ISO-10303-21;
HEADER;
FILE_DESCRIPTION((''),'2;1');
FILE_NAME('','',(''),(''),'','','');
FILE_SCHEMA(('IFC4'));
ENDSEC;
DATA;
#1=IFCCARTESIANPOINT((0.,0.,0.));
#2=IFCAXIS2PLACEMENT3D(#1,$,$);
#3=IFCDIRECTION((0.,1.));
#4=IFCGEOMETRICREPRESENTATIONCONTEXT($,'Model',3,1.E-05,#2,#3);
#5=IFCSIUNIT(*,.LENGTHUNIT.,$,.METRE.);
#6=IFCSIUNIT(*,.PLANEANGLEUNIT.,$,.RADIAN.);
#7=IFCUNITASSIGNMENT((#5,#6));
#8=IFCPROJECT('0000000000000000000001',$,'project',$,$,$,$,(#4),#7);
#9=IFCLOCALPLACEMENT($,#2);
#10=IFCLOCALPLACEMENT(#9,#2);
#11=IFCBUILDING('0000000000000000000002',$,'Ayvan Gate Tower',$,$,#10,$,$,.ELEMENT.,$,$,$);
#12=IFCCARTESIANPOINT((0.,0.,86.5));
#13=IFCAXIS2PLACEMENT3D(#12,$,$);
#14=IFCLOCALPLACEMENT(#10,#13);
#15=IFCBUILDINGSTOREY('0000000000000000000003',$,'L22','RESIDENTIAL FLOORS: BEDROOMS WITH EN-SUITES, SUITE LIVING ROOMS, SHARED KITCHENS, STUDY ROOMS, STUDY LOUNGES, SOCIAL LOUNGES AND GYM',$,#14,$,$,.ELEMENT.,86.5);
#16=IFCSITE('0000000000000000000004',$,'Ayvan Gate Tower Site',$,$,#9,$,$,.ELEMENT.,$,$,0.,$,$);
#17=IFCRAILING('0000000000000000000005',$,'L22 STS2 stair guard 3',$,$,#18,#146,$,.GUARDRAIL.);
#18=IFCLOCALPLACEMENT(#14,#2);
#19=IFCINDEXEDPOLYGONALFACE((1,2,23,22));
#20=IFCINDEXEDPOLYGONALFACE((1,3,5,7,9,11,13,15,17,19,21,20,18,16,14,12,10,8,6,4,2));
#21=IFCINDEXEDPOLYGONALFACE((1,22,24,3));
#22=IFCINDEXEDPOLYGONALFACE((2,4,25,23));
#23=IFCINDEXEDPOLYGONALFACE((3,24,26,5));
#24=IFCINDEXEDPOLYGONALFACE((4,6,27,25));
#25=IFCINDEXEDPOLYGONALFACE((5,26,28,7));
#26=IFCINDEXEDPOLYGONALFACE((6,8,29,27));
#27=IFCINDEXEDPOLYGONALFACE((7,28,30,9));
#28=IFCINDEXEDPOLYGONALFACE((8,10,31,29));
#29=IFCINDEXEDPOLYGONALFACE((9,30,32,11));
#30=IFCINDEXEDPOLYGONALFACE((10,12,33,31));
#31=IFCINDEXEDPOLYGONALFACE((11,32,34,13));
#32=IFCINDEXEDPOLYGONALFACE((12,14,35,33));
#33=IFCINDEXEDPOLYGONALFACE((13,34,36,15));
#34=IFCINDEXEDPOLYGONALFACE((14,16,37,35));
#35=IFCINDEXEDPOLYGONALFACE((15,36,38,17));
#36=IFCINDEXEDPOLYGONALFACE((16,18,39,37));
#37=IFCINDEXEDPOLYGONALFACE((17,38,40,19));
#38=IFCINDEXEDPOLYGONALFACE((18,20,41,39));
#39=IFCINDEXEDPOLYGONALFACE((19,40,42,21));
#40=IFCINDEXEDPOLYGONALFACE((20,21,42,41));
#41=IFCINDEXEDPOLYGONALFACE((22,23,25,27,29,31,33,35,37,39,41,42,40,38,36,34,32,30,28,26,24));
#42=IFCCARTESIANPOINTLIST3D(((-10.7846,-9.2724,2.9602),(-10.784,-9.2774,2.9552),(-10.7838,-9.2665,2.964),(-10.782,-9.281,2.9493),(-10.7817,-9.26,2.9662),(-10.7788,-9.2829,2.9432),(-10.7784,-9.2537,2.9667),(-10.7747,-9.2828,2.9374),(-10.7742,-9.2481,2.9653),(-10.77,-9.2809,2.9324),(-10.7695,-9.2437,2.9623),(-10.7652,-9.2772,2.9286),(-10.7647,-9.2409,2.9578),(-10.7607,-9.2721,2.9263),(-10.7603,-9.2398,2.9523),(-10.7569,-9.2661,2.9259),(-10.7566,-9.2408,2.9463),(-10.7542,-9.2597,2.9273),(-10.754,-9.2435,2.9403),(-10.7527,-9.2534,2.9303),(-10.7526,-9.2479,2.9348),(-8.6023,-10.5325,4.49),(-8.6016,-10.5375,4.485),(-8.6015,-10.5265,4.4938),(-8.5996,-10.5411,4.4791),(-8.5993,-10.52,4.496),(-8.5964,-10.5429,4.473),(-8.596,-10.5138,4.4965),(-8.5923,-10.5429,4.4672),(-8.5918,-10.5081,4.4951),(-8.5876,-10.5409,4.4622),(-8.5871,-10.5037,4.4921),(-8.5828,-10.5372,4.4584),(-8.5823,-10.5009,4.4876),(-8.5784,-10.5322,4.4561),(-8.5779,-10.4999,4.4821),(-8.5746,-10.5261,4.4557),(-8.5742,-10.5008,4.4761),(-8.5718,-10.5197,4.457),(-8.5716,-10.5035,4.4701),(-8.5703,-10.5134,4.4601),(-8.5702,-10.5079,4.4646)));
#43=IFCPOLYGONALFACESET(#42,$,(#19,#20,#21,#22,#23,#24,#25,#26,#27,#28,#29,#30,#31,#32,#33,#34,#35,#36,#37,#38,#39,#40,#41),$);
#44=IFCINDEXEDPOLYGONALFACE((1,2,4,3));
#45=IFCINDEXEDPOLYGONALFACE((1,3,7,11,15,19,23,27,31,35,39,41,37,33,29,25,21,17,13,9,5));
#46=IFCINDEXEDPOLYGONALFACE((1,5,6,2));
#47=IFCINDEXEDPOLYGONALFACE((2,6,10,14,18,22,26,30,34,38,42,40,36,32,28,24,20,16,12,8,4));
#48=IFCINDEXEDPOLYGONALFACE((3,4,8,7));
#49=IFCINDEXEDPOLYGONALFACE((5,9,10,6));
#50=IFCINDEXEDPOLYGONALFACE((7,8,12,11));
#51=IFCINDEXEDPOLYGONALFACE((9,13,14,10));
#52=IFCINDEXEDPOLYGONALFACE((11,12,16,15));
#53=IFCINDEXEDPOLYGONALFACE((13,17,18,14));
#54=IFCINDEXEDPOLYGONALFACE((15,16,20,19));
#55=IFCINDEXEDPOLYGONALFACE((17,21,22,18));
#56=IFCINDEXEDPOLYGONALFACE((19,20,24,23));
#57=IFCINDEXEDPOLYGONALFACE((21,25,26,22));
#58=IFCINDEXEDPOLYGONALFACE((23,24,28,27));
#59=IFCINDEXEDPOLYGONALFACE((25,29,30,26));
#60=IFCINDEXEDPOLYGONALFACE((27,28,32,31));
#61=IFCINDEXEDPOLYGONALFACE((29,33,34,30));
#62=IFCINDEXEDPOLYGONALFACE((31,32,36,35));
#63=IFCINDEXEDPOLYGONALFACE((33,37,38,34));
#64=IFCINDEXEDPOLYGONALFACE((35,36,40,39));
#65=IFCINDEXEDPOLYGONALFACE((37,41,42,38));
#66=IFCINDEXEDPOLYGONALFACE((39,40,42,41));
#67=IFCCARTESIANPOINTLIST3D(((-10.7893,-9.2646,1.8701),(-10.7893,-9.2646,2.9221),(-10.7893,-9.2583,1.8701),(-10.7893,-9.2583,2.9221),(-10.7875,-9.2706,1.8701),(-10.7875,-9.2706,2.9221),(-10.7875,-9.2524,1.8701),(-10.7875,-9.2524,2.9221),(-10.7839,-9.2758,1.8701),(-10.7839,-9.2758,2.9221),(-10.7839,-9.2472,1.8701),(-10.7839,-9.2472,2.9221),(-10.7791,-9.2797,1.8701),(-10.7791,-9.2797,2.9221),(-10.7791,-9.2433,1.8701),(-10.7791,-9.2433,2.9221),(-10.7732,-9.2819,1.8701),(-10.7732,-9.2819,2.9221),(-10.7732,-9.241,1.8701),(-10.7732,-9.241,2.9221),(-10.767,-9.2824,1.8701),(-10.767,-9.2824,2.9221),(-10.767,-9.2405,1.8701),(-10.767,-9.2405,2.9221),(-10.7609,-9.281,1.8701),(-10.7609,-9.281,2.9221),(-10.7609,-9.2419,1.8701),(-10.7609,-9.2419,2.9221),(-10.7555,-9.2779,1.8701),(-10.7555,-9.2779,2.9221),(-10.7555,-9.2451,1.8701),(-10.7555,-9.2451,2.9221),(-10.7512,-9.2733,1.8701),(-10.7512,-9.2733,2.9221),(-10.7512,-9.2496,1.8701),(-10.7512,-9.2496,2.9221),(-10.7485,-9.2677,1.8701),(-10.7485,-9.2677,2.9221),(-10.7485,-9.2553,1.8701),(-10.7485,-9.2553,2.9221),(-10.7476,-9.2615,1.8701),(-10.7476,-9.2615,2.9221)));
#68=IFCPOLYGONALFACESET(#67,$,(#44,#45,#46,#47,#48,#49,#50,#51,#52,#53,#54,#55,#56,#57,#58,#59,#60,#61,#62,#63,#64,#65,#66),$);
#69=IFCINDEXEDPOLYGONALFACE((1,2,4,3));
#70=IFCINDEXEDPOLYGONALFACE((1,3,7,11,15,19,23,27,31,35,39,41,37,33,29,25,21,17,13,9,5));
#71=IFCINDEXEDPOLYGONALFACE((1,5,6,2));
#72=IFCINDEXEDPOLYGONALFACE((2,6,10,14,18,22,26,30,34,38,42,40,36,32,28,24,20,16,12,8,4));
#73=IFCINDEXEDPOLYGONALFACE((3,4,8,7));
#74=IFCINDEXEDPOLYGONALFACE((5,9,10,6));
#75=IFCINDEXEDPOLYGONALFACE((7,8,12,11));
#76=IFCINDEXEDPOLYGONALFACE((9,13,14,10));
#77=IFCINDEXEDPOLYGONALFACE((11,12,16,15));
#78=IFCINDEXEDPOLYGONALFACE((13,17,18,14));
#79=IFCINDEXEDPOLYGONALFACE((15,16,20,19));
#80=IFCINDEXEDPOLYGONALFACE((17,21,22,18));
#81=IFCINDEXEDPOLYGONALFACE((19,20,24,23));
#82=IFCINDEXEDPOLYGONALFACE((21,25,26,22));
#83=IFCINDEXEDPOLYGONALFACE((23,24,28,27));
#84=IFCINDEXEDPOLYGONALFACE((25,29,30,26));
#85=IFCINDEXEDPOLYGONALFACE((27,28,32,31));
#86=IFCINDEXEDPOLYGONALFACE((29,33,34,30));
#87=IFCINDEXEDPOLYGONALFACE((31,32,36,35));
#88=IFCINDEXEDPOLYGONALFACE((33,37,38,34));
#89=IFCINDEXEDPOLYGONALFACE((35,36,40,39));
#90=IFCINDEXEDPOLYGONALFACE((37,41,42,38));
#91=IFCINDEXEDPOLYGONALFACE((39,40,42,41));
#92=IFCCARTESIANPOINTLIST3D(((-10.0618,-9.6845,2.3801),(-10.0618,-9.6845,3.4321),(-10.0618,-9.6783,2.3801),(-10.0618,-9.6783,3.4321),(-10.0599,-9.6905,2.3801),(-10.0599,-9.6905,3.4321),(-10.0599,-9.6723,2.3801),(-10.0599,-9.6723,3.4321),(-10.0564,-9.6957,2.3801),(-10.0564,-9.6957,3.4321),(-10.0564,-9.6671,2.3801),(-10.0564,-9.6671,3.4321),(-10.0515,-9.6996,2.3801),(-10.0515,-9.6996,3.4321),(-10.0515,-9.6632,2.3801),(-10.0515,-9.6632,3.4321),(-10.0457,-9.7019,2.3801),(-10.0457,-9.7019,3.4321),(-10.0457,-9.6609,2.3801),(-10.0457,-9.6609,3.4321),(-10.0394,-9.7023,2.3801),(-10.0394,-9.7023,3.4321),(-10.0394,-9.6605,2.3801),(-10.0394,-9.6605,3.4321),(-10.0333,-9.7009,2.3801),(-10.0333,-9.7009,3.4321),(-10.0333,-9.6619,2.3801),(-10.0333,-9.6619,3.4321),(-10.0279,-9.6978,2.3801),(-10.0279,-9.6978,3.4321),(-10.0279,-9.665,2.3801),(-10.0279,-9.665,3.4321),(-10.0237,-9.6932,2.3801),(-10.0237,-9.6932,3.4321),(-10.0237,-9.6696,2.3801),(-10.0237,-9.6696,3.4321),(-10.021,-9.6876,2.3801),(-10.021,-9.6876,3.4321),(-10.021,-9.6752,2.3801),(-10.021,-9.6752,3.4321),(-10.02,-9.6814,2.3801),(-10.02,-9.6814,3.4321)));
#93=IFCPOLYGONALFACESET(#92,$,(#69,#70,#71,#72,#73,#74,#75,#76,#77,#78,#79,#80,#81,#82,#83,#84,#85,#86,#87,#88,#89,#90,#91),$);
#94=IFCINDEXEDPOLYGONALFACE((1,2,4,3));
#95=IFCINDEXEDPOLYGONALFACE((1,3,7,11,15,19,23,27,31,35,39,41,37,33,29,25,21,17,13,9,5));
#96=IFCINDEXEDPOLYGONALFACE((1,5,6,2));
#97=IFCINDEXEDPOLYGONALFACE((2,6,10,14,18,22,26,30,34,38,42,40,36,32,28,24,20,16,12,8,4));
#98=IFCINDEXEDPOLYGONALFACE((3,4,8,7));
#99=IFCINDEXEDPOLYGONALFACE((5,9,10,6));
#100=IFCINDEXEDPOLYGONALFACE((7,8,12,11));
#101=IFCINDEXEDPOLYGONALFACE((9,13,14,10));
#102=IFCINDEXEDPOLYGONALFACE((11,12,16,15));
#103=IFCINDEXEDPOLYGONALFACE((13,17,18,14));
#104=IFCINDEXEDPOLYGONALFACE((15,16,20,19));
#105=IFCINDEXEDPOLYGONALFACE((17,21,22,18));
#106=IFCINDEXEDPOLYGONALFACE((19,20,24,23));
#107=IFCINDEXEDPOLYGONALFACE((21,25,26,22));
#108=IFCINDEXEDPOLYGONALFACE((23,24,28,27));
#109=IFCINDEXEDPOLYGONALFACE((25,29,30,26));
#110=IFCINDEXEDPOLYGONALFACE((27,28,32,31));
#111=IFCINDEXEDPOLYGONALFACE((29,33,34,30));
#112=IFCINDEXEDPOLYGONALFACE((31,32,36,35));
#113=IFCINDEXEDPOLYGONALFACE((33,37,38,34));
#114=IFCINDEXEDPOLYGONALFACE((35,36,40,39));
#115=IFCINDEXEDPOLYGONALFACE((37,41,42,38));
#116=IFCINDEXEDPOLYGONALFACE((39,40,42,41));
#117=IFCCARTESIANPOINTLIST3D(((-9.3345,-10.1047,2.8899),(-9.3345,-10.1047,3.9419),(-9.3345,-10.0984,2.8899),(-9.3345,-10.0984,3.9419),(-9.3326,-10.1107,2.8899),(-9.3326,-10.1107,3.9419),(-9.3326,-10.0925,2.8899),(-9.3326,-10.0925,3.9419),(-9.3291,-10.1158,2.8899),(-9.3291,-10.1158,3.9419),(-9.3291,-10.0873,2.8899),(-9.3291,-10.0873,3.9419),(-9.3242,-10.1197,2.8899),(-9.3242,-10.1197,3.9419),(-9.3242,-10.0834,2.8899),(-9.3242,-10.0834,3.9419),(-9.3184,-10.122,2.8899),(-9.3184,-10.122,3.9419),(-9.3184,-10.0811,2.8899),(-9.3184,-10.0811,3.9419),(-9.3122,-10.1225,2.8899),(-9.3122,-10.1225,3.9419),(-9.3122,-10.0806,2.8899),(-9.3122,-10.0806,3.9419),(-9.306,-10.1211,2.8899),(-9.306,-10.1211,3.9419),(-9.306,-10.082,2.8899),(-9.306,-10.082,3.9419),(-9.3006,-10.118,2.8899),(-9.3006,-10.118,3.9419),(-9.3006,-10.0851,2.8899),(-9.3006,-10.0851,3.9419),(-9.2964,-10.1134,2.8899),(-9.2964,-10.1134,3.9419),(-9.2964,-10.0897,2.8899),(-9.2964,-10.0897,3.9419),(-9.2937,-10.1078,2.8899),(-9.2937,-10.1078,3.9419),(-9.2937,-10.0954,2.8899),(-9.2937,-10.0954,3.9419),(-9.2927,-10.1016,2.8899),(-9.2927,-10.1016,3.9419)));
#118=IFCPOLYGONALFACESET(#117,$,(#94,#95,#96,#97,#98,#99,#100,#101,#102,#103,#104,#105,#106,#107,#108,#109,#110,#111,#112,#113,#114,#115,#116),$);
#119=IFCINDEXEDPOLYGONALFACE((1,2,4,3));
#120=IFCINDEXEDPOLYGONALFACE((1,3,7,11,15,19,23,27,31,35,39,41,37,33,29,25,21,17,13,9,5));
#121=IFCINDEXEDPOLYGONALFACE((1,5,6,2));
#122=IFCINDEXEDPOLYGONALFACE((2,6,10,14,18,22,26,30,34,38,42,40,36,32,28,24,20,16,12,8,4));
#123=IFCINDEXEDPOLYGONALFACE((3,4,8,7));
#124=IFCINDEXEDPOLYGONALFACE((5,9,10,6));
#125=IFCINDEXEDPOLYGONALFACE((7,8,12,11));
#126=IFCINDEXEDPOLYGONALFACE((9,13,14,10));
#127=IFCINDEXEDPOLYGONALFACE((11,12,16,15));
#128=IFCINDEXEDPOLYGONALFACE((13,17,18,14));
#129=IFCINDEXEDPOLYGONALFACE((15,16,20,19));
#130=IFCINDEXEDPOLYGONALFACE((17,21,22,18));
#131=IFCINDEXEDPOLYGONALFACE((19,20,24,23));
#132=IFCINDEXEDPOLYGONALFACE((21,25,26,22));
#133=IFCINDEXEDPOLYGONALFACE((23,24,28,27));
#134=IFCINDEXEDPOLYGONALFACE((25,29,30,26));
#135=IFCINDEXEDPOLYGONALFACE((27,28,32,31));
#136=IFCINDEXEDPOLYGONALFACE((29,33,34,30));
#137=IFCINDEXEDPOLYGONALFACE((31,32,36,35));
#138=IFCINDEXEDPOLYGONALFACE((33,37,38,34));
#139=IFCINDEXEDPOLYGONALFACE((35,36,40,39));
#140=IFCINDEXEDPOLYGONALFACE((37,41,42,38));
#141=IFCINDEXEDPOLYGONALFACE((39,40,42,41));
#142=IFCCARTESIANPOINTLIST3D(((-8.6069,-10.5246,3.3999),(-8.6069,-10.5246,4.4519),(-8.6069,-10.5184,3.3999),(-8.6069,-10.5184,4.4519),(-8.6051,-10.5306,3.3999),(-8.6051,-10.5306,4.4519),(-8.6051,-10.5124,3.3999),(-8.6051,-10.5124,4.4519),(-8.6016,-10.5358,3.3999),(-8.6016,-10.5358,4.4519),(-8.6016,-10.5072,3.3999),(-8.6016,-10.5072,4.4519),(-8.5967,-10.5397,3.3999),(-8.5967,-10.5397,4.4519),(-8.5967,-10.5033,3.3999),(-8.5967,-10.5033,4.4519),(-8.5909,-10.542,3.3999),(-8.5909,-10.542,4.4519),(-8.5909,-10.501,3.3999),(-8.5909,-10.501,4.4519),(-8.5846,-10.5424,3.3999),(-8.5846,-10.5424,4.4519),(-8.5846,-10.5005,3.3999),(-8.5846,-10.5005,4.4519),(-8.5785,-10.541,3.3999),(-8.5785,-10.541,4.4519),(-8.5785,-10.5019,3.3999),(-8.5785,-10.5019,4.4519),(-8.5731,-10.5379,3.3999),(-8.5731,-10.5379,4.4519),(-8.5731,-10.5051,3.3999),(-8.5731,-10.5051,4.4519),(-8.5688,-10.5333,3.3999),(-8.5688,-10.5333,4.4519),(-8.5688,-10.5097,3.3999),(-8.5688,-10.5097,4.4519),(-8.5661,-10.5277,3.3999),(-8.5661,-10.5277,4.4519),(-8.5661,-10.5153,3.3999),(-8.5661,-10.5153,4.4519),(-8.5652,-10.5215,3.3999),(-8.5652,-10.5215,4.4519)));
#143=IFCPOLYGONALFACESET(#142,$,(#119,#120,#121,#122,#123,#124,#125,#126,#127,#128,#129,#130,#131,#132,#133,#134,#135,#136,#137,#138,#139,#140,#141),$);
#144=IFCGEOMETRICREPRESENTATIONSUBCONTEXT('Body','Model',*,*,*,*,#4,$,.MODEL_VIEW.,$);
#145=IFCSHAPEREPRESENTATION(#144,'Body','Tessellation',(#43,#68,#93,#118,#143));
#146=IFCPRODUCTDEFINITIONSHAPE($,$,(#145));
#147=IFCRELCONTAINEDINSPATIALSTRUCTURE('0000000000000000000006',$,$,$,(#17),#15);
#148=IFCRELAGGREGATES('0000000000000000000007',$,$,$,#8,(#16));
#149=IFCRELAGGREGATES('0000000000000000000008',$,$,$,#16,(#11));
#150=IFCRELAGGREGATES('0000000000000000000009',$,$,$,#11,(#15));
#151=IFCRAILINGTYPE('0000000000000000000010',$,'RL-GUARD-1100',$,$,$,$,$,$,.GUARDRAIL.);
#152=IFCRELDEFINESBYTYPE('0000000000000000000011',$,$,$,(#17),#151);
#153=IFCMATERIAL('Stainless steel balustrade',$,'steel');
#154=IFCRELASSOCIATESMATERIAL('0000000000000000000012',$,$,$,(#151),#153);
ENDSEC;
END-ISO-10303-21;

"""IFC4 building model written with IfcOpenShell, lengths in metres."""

from ifc_helpers import new_model, si_unit, direction, frame, origin, origin_2d, place, context, subcontext, project, spatial, circle, extrude, material, type_object, element, save


model = new_model("IFC4")

# Units and contexts
model_context = context("Model", 3, precision=1e-05, world=origin(), true_north=direction((0.0, 1.0)))
body_context = subcontext(model_context, "Body", "Model", "MODEL_VIEW")
ifc_project = project(units=[si_unit("LENGTHUNIT", "METRE"), si_unit("PLANEANGLEUNIT", "RADIAN")], contexts=[model_context])

# Site, building, storey
site_placement = place(None, origin())
site = spatial("IfcSite", under=ifc_project, at=site_placement, Name="Ayvan Gate Tower Site", CompositionType="ELEMENT", RefElevation=0.0)
building_placement = place(site_placement, origin())
building = spatial("IfcBuilding", under=site, at=building_placement, Name="Ayvan Gate Tower", CompositionType="ELEMENT")
storey_placement = place(building_placement, frame((0.0, 0.0, 86.5)))
storey = spatial("IfcBuildingStorey", under=building, at=storey_placement, Name="L22", Description="RESIDENTIAL FLOORS: BEDROOMS WITH EN-SUITES, SUITE LIVING ROOMS, SHARED KITCHENS, STUDY ROOMS, STUDY LOUNGES, SOCIAL LOUNGES AND GYM", CompositionType="ELEMENT", Elevation=86.5)

# Railing
ifc_material_1 = material(Name="Stainless steel balustrade", Category="steel")
railing_type_1 = type_object("IfcRailingType", Name="RL-GUARD-1100", PredefinedType="GUARDRAIL", material=ifc_material_1)
railing_1_placement = place(storey_placement, frame((-10.7686, -9.2615, 1.8701)))
element("IfcRailing", 1, at=railing_1_placement, inside=storey, type_object=railing_type_1, Name="L22 STS2 stair guard 3", PredefinedType="GUARDRAIL", context=body_context, shape_type="SweptSolid", body=[
    extrude(circle(Radius=0.0239, at=origin_2d()), frame((0.0, 0.0, 1.0762), z_axis=(0.740293, -0.427414, 0.518926), x_axis=(0.500005, 0.866023, 0.0)), (0.0, 0.0, 1.0), 2.948),
    extrude(circle(Radius=0.021, at=origin_2d()), origin(), (0.0, 0.0, 1.0), 1.052),
    extrude(circle(Radius=0.021, at=origin_2d()), frame((0.7275, -0.4199, 0.51)), (0.0, 0.0, 1.0), 1.052),
    extrude(circle(Radius=0.021, at=origin_2d()), frame((1.4548, -0.8401, 1.0198)), (0.0, 0.0, 1.0), 1.052),
    extrude(circle(Radius=0.021, at=origin_2d()), frame((2.1824, -1.26, 1.5298)), (0.0, 0.0, 1.0), 1.052),
])

save(model, "model.ifc")
